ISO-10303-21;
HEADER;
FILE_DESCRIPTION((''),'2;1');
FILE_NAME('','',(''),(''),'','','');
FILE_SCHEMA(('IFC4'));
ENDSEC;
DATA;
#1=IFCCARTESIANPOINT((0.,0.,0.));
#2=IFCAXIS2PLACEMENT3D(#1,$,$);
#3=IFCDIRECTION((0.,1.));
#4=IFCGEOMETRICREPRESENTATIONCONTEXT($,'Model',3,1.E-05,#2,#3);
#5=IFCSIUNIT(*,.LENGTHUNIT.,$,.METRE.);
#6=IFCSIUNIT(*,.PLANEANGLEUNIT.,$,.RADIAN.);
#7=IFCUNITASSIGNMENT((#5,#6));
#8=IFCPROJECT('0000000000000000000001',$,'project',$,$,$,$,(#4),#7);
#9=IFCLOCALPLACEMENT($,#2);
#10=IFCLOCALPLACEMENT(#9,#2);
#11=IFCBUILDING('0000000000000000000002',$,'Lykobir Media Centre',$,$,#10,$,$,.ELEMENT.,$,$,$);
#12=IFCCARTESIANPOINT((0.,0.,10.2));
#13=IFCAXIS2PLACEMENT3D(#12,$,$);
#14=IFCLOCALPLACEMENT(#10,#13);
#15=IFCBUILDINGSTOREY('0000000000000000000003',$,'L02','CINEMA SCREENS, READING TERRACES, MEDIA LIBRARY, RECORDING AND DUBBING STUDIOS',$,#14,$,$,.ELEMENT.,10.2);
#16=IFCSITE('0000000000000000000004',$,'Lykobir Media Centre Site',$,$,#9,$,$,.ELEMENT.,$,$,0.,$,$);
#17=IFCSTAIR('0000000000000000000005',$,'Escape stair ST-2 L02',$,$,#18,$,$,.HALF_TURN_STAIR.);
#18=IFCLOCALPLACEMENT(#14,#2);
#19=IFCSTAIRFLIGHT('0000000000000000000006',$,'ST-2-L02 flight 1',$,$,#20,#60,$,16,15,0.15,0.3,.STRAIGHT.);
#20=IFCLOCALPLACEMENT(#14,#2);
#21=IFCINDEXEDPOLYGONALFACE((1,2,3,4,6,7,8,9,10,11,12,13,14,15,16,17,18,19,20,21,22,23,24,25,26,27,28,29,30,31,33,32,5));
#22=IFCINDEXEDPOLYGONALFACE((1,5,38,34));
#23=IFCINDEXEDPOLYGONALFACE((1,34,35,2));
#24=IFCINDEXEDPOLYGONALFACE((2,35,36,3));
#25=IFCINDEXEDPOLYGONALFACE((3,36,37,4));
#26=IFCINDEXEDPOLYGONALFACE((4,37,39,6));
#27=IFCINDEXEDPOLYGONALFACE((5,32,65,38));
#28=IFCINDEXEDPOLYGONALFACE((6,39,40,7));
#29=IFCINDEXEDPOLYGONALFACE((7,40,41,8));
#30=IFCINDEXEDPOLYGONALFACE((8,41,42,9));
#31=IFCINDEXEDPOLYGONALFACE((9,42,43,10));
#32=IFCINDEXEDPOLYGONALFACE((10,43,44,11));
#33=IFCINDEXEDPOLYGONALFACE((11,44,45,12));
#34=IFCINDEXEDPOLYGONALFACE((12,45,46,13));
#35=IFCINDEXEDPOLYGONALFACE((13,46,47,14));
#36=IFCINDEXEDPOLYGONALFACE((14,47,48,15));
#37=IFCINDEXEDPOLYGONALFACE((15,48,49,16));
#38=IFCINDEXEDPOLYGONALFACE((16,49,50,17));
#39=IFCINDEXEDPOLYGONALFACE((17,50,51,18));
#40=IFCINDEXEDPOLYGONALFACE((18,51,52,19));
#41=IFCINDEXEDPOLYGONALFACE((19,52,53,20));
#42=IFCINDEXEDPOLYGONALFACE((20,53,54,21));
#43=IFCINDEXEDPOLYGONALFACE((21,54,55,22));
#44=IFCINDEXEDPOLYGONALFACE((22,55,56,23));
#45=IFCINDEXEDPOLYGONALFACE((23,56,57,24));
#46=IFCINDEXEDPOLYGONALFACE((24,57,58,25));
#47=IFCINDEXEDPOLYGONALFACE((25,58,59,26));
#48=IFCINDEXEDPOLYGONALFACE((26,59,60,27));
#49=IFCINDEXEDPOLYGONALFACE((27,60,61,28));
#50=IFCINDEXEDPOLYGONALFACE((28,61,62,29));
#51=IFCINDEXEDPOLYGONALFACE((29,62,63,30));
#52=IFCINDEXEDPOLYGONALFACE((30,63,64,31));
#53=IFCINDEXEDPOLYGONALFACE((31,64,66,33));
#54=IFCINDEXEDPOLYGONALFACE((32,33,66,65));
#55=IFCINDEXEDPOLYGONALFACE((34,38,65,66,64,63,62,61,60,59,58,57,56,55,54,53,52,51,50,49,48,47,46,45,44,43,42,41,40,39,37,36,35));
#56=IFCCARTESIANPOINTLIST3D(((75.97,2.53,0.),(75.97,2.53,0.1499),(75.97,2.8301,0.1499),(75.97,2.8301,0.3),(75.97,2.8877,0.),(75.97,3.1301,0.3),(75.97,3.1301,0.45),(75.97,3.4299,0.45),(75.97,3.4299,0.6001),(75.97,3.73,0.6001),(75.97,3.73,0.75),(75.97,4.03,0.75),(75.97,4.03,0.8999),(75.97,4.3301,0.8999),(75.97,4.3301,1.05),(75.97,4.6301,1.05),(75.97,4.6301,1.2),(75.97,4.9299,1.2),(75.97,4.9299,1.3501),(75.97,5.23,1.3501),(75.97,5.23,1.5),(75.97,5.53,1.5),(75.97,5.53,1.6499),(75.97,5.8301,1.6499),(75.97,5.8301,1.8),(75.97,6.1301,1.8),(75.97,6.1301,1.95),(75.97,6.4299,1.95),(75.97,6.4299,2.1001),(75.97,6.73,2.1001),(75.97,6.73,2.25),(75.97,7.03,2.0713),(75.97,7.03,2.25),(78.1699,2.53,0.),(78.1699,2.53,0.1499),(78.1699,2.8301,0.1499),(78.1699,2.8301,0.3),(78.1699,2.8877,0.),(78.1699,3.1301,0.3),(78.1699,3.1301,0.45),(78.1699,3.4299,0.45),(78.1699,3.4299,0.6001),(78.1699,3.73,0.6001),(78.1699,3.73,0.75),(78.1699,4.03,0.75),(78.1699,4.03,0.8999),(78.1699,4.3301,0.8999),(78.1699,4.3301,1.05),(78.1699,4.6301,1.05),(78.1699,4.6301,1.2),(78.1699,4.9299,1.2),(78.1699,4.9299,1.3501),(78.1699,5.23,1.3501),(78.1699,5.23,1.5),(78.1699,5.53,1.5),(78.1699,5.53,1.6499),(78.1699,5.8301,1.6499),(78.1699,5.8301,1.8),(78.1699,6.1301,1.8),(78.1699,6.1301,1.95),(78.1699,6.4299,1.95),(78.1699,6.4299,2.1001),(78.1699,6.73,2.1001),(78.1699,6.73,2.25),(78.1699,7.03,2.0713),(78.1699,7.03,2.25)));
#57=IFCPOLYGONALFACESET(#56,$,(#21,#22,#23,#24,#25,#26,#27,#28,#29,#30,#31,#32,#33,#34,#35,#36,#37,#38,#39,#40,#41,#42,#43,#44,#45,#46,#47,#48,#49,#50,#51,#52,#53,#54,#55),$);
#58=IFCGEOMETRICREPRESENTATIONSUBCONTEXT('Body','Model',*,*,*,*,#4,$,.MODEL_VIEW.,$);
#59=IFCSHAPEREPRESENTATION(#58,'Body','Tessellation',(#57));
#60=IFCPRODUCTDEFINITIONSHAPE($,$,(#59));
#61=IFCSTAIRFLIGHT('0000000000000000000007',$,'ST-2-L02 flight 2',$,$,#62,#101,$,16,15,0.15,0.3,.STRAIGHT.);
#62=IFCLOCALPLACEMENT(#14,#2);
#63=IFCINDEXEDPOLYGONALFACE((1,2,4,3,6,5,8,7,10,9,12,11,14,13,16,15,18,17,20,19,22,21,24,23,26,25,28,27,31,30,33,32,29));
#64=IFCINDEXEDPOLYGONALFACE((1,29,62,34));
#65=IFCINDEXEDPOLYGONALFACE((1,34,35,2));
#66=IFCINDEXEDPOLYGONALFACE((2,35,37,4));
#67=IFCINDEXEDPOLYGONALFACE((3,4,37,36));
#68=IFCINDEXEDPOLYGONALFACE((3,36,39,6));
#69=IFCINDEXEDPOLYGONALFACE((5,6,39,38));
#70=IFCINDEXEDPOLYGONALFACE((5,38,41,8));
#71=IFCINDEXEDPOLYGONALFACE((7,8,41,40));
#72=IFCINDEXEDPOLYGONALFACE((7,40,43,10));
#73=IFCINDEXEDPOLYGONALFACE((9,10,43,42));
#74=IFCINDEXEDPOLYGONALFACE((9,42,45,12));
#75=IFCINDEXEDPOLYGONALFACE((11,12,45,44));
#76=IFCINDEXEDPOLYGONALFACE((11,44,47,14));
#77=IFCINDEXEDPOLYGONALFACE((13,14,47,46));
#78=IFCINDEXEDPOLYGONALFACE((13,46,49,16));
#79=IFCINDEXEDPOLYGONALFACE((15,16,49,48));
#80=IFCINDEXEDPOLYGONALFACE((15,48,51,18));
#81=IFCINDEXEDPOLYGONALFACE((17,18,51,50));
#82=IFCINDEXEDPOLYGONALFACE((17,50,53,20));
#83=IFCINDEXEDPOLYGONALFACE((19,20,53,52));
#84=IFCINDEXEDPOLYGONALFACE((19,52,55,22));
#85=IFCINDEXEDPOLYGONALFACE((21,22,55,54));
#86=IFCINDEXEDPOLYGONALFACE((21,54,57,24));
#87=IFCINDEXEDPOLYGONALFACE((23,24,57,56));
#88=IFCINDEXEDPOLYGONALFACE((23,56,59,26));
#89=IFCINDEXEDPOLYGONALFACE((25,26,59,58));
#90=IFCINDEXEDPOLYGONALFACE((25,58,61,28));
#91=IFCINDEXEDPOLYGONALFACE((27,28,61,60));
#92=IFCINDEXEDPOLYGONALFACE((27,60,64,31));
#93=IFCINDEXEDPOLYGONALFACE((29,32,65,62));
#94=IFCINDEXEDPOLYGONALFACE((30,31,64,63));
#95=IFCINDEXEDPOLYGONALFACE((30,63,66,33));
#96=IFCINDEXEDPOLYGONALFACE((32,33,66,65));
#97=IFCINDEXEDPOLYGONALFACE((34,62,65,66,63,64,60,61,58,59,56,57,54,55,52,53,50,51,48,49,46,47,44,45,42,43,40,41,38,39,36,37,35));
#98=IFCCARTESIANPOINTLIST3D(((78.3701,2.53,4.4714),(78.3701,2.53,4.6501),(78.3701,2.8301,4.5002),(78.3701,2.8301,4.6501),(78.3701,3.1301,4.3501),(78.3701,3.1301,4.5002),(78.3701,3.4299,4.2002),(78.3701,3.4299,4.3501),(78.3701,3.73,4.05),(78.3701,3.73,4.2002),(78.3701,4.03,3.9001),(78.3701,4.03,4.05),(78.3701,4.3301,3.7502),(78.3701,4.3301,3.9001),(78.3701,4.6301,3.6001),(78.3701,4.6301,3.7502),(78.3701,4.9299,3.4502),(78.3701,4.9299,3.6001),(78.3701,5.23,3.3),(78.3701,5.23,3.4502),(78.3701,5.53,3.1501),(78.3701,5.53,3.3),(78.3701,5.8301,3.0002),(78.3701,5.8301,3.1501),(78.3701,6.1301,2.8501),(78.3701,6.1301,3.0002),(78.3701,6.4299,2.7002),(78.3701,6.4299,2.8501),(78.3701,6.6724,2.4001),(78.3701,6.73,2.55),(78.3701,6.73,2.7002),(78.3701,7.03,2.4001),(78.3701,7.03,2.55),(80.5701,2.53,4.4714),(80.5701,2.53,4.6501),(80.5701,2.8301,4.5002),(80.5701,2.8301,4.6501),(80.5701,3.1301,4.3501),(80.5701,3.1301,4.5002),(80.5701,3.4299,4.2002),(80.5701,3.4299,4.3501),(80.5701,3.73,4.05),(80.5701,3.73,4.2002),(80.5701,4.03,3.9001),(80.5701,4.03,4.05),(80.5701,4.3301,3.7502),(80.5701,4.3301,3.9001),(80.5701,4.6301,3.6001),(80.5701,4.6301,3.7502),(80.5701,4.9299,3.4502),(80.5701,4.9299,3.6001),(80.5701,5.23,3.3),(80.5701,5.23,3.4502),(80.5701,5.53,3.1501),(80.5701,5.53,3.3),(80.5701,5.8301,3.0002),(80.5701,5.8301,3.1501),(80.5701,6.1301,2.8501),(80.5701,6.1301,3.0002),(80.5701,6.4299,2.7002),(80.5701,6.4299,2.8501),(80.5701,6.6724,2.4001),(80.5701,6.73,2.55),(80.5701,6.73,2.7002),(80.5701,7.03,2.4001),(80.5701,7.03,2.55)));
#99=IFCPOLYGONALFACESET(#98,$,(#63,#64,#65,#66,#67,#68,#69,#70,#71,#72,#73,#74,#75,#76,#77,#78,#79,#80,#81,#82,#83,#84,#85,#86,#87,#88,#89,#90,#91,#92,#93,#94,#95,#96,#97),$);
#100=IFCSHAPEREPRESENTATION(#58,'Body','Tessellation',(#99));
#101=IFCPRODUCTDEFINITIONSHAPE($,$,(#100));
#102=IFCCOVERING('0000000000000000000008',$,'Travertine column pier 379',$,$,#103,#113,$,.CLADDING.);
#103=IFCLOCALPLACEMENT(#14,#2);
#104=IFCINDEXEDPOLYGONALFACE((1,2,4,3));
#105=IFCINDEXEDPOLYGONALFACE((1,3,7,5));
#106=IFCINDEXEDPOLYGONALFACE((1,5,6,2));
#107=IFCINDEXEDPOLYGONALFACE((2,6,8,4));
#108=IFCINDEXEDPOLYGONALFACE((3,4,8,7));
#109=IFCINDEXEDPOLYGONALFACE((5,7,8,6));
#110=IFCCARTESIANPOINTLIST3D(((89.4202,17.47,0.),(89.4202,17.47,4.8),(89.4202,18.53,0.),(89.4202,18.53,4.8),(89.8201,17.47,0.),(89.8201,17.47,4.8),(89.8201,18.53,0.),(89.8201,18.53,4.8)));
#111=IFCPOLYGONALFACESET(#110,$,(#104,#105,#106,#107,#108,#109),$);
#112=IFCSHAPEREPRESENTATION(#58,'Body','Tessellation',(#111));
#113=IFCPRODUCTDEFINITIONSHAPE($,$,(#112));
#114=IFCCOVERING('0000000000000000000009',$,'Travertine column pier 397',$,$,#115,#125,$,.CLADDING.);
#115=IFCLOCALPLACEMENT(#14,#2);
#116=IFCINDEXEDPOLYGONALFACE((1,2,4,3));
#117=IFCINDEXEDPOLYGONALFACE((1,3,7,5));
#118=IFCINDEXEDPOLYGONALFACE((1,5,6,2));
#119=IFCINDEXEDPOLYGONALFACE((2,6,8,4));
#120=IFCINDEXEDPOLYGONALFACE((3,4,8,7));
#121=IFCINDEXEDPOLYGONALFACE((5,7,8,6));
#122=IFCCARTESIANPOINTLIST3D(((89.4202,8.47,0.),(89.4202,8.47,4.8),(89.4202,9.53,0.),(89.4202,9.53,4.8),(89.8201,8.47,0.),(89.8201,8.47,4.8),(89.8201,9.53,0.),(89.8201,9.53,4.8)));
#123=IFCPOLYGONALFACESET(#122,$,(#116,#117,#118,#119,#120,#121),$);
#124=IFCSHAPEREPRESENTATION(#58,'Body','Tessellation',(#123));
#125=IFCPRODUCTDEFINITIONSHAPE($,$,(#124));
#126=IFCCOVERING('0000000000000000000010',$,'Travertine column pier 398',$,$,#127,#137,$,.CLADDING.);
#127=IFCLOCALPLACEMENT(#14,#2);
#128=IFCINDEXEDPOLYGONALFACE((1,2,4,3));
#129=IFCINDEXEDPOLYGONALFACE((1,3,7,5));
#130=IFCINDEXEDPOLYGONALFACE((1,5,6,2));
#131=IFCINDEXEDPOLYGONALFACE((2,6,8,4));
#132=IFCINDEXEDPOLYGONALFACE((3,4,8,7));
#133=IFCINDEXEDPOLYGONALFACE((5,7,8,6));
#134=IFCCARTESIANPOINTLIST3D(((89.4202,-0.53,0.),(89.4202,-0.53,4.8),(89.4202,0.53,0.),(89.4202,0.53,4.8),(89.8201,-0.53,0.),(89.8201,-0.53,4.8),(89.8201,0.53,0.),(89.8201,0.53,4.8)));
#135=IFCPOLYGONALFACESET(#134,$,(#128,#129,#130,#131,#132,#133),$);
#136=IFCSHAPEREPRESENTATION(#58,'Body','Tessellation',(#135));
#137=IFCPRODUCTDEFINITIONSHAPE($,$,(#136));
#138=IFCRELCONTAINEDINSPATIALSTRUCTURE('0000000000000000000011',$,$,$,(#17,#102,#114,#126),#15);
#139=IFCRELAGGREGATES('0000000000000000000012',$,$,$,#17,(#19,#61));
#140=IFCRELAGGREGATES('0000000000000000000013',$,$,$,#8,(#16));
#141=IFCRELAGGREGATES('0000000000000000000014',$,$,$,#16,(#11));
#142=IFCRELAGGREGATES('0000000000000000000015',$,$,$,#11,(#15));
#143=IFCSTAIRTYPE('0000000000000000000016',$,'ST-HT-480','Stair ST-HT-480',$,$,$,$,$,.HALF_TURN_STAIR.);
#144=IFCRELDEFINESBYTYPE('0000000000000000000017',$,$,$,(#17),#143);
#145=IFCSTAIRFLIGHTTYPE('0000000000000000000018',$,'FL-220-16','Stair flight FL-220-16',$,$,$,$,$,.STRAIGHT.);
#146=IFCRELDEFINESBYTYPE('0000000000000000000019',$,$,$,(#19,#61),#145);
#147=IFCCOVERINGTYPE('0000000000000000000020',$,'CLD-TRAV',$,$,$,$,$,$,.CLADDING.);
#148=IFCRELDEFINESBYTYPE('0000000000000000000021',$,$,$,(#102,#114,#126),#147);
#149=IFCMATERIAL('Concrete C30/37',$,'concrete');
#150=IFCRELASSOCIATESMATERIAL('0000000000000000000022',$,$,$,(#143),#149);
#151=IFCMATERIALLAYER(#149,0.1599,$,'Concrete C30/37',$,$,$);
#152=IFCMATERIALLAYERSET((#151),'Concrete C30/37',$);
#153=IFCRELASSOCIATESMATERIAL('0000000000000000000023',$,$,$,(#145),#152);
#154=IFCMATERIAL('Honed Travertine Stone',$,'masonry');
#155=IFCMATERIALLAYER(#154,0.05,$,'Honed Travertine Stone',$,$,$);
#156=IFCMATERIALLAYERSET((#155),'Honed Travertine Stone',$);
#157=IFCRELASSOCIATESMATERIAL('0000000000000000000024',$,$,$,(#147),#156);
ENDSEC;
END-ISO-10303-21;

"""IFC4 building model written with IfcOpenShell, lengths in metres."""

from ifc_helpers import new_model, si_unit, direction, frame, origin, origin_2d, place, context, subcontext, project, spatial, polyline, rectangle, outline, extrude, material, layer, layer_set, type_object, element, aggregate, save


model = new_model("IFC4")

# Units and contexts
model_context = context("Model", 3, precision=1e-05, world=origin(), true_north=direction((0.0, 1.0)))
body_context = subcontext(model_context, "Body", "Model", "MODEL_VIEW")
ifc_project = project(units=[si_unit("LENGTHUNIT", "METRE"), si_unit("PLANEANGLEUNIT", "RADIAN")], contexts=[model_context])

# Site, building, storey
site_placement = place(None, origin())
site = spatial("IfcSite", under=ifc_project, at=site_placement, Name="Lykobir Media Centre Site", CompositionType="ELEMENT", RefElevation=0.0)
building_placement = place(site_placement, origin())
building = spatial("IfcBuilding", under=site, at=building_placement, Name="Lykobir Media Centre", CompositionType="ELEMENT")
storey_placement = place(building_placement, frame((0.0, 0.0, 10.2)))
storey = spatial("IfcBuildingStorey", under=building, at=storey_placement, Name="L02", Description="CINEMA SCREENS, READING TERRACES, MEDIA LIBRARY, RECORDING AND DUBBING STUDIOS", CompositionType="ELEMENT", Elevation=10.2)

# Stair, stair flights
ifc_material_1 = material(Name="Concrete C30/37", Category="concrete")
stair_type = type_object("IfcStairType", Name="ST-HT-480", Description="Stair ST-HT-480", PredefinedType="HALF_TURN_STAIR", material=ifc_material_1)
stair_placement = place(storey_placement, origin())
stair = element("IfcStair", 1, at=stair_placement, inside=storey, type_object=stair_type, Name="Escape stair ST-2 L02", PredefinedType="HALF_TURN_STAIR")
ifc_layer_1 = layer(ifc_material_1, 0.1599, Name="Concrete C30/37")
ifc_layer_set_1 = layer_set([ifc_layer_1], Name="Concrete C30/37")
stair_flight_type = type_object("IfcStairFlightType", Name="FL-220-16", Description="Stair flight FL-220-16", PredefinedType="STRAIGHT", material=ifc_layer_set_1)
stair_flight_1_placement = place(storey_placement, frame((77.0701, 2.53, 0.0), z_axis=(0.0, 0.0, 1.0), x_axis=(0.0, 1.0, 0.0)))
stair_flight_1 = element("IfcStairFlight", 2, at=stair_flight_1_placement, type_object=stair_flight_type, Name="ST-2-L02 flight 1", NumberOfRisers=16, NumberOfTreads=15, PredefinedType="STRAIGHT", RiserHeight=0.15, TreadLength=0.3, context=body_context, shape_type="SweptSolid", body=[
    extrude(outline(polyline([(0.0, 0.0), (0.0, 0.1499), (0.3, 0.1499), (0.3, 0.3), (0.6001, 0.3), (0.6001, 0.45), (0.8999, 0.45), (0.8999, 0.6001), (1.2, 0.6001), (1.2, 0.75), (1.5, 0.75), (1.5, 0.8999), (1.8, 0.8999), (1.8, 1.05), (2.1001, 1.05), (2.1001, 1.2), (2.3999, 1.2), (2.3999, 1.3501), (2.7, 1.3501), (2.7, 1.5), (3.0, 1.5), (3.0, 1.6499), (3.3, 1.6499), (3.3, 1.8), (3.6001, 1.8), (3.6001, 1.95), (3.8999, 1.95), (3.8999, 2.1001), (4.2, 2.1001), (4.2, 2.25), (4.5, 2.25), (4.5, 2.3999), (4.5, 2.0713), (0.3577, 0.0), (0.0, 0.0)])), frame((0.0, 1.1001, 0.0), z_axis=(0.0, -1.0, 0.0), x_axis=(1.0, 0.0, 0.0)), (0.0, 0.0, 1.0), 2.2),
])
stair_flight_2_placement = place(storey_placement, frame((79.47, 7.03, 2.4001), z_axis=(0.0, 0.0, 1.0), x_axis=(0.0, -1.0, 0.0)))
stair_flight_2 = element("IfcStairFlight", 3, at=stair_flight_2_placement, type_object=stair_flight_type, Name="ST-2-L02 flight 2", NumberOfRisers=16, NumberOfTreads=15, PredefinedType="STRAIGHT", RiserHeight=0.15, TreadLength=0.3, context=body_context, shape_type="SweptSolid", body=[
    extrude(outline(polyline([(0.0, 0.0), (0.0, 0.1499), (0.3, 0.1499), (0.3, 0.3), (0.6001, 0.3), (0.6001, 0.45), (0.8999, 0.45), (0.8999, 0.6001), (1.2, 0.6001), (1.2, 0.75), (1.5, 0.75), (1.5, 0.8999), (1.8, 0.8999), (1.8, 1.05), (2.1001, 1.05), (2.1001, 1.2), (2.3999, 1.2), (2.3999, 1.3501), (2.7, 1.3501), (2.7, 1.5), (3.0, 1.5), (3.0, 1.6499), (3.3, 1.6499), (3.3, 1.8), (3.6001, 1.8), (3.6001, 1.95), (3.8999, 1.95), (3.8999, 2.1001), (4.2, 2.1001), (4.2, 2.25), (4.5, 2.25), (4.5, 2.3999), (4.5, 2.0713), (0.3577, 0.0), (0.0, 0.0)])), frame((0.0, 1.1001, 0.0), z_axis=(0.0, -1.0, 0.0), x_axis=(1.0, 0.0, 0.0)), (0.0, 0.0, 1.0), 2.2),
])
aggregate(stair, [stair_flight_1, stair_flight_2])

# Coverings
ifc_material_2 = material(Name="Honed Travertine Stone", Category="masonry")
ifc_layer_2 = layer(ifc_material_2, 0.05, Name="Honed Travertine Stone")
ifc_layer_set_2 = layer_set([ifc_layer_2], Name="Honed Travertine Stone")
covering_type = type_object("IfcCoveringType", Name="CLD-TRAV", PredefinedType="CLADDING", material=ifc_layer_set_2)
for number, where, z_axis, x_axis, name in (
    (4, (89.6201, 18.0, 0.0), (0.0, 0.0, 1.0), (0.0, -1.0, 0.0), "Travertine column pier 379"),
    (5, (89.6201, 9.0, 0.0), (0.0, 0.0, 1.0), (0.0, -1.0, 0.0), "Travertine column pier 397"),
    (6, (89.6201, 0.0, 0.0), (0.0, 0.0, 1.0), (0.0, -1.0, 0.0), "Travertine column pier 398"),
):
    element("IfcCovering", number, at=place(storey_placement, frame(where, z_axis=z_axis, x_axis=x_axis)), inside=storey, type_object=covering_type, Name=name, PredefinedType="CLADDING", context=body_context, shape_type="SweptSolid", body=[
        extrude(rectangle(XDim=1.0601, YDim=0.3999, at=origin_2d()), origin(), (0.0, 0.0, 1.0), 4.8),
    ])

save(model, "model.ifc")
